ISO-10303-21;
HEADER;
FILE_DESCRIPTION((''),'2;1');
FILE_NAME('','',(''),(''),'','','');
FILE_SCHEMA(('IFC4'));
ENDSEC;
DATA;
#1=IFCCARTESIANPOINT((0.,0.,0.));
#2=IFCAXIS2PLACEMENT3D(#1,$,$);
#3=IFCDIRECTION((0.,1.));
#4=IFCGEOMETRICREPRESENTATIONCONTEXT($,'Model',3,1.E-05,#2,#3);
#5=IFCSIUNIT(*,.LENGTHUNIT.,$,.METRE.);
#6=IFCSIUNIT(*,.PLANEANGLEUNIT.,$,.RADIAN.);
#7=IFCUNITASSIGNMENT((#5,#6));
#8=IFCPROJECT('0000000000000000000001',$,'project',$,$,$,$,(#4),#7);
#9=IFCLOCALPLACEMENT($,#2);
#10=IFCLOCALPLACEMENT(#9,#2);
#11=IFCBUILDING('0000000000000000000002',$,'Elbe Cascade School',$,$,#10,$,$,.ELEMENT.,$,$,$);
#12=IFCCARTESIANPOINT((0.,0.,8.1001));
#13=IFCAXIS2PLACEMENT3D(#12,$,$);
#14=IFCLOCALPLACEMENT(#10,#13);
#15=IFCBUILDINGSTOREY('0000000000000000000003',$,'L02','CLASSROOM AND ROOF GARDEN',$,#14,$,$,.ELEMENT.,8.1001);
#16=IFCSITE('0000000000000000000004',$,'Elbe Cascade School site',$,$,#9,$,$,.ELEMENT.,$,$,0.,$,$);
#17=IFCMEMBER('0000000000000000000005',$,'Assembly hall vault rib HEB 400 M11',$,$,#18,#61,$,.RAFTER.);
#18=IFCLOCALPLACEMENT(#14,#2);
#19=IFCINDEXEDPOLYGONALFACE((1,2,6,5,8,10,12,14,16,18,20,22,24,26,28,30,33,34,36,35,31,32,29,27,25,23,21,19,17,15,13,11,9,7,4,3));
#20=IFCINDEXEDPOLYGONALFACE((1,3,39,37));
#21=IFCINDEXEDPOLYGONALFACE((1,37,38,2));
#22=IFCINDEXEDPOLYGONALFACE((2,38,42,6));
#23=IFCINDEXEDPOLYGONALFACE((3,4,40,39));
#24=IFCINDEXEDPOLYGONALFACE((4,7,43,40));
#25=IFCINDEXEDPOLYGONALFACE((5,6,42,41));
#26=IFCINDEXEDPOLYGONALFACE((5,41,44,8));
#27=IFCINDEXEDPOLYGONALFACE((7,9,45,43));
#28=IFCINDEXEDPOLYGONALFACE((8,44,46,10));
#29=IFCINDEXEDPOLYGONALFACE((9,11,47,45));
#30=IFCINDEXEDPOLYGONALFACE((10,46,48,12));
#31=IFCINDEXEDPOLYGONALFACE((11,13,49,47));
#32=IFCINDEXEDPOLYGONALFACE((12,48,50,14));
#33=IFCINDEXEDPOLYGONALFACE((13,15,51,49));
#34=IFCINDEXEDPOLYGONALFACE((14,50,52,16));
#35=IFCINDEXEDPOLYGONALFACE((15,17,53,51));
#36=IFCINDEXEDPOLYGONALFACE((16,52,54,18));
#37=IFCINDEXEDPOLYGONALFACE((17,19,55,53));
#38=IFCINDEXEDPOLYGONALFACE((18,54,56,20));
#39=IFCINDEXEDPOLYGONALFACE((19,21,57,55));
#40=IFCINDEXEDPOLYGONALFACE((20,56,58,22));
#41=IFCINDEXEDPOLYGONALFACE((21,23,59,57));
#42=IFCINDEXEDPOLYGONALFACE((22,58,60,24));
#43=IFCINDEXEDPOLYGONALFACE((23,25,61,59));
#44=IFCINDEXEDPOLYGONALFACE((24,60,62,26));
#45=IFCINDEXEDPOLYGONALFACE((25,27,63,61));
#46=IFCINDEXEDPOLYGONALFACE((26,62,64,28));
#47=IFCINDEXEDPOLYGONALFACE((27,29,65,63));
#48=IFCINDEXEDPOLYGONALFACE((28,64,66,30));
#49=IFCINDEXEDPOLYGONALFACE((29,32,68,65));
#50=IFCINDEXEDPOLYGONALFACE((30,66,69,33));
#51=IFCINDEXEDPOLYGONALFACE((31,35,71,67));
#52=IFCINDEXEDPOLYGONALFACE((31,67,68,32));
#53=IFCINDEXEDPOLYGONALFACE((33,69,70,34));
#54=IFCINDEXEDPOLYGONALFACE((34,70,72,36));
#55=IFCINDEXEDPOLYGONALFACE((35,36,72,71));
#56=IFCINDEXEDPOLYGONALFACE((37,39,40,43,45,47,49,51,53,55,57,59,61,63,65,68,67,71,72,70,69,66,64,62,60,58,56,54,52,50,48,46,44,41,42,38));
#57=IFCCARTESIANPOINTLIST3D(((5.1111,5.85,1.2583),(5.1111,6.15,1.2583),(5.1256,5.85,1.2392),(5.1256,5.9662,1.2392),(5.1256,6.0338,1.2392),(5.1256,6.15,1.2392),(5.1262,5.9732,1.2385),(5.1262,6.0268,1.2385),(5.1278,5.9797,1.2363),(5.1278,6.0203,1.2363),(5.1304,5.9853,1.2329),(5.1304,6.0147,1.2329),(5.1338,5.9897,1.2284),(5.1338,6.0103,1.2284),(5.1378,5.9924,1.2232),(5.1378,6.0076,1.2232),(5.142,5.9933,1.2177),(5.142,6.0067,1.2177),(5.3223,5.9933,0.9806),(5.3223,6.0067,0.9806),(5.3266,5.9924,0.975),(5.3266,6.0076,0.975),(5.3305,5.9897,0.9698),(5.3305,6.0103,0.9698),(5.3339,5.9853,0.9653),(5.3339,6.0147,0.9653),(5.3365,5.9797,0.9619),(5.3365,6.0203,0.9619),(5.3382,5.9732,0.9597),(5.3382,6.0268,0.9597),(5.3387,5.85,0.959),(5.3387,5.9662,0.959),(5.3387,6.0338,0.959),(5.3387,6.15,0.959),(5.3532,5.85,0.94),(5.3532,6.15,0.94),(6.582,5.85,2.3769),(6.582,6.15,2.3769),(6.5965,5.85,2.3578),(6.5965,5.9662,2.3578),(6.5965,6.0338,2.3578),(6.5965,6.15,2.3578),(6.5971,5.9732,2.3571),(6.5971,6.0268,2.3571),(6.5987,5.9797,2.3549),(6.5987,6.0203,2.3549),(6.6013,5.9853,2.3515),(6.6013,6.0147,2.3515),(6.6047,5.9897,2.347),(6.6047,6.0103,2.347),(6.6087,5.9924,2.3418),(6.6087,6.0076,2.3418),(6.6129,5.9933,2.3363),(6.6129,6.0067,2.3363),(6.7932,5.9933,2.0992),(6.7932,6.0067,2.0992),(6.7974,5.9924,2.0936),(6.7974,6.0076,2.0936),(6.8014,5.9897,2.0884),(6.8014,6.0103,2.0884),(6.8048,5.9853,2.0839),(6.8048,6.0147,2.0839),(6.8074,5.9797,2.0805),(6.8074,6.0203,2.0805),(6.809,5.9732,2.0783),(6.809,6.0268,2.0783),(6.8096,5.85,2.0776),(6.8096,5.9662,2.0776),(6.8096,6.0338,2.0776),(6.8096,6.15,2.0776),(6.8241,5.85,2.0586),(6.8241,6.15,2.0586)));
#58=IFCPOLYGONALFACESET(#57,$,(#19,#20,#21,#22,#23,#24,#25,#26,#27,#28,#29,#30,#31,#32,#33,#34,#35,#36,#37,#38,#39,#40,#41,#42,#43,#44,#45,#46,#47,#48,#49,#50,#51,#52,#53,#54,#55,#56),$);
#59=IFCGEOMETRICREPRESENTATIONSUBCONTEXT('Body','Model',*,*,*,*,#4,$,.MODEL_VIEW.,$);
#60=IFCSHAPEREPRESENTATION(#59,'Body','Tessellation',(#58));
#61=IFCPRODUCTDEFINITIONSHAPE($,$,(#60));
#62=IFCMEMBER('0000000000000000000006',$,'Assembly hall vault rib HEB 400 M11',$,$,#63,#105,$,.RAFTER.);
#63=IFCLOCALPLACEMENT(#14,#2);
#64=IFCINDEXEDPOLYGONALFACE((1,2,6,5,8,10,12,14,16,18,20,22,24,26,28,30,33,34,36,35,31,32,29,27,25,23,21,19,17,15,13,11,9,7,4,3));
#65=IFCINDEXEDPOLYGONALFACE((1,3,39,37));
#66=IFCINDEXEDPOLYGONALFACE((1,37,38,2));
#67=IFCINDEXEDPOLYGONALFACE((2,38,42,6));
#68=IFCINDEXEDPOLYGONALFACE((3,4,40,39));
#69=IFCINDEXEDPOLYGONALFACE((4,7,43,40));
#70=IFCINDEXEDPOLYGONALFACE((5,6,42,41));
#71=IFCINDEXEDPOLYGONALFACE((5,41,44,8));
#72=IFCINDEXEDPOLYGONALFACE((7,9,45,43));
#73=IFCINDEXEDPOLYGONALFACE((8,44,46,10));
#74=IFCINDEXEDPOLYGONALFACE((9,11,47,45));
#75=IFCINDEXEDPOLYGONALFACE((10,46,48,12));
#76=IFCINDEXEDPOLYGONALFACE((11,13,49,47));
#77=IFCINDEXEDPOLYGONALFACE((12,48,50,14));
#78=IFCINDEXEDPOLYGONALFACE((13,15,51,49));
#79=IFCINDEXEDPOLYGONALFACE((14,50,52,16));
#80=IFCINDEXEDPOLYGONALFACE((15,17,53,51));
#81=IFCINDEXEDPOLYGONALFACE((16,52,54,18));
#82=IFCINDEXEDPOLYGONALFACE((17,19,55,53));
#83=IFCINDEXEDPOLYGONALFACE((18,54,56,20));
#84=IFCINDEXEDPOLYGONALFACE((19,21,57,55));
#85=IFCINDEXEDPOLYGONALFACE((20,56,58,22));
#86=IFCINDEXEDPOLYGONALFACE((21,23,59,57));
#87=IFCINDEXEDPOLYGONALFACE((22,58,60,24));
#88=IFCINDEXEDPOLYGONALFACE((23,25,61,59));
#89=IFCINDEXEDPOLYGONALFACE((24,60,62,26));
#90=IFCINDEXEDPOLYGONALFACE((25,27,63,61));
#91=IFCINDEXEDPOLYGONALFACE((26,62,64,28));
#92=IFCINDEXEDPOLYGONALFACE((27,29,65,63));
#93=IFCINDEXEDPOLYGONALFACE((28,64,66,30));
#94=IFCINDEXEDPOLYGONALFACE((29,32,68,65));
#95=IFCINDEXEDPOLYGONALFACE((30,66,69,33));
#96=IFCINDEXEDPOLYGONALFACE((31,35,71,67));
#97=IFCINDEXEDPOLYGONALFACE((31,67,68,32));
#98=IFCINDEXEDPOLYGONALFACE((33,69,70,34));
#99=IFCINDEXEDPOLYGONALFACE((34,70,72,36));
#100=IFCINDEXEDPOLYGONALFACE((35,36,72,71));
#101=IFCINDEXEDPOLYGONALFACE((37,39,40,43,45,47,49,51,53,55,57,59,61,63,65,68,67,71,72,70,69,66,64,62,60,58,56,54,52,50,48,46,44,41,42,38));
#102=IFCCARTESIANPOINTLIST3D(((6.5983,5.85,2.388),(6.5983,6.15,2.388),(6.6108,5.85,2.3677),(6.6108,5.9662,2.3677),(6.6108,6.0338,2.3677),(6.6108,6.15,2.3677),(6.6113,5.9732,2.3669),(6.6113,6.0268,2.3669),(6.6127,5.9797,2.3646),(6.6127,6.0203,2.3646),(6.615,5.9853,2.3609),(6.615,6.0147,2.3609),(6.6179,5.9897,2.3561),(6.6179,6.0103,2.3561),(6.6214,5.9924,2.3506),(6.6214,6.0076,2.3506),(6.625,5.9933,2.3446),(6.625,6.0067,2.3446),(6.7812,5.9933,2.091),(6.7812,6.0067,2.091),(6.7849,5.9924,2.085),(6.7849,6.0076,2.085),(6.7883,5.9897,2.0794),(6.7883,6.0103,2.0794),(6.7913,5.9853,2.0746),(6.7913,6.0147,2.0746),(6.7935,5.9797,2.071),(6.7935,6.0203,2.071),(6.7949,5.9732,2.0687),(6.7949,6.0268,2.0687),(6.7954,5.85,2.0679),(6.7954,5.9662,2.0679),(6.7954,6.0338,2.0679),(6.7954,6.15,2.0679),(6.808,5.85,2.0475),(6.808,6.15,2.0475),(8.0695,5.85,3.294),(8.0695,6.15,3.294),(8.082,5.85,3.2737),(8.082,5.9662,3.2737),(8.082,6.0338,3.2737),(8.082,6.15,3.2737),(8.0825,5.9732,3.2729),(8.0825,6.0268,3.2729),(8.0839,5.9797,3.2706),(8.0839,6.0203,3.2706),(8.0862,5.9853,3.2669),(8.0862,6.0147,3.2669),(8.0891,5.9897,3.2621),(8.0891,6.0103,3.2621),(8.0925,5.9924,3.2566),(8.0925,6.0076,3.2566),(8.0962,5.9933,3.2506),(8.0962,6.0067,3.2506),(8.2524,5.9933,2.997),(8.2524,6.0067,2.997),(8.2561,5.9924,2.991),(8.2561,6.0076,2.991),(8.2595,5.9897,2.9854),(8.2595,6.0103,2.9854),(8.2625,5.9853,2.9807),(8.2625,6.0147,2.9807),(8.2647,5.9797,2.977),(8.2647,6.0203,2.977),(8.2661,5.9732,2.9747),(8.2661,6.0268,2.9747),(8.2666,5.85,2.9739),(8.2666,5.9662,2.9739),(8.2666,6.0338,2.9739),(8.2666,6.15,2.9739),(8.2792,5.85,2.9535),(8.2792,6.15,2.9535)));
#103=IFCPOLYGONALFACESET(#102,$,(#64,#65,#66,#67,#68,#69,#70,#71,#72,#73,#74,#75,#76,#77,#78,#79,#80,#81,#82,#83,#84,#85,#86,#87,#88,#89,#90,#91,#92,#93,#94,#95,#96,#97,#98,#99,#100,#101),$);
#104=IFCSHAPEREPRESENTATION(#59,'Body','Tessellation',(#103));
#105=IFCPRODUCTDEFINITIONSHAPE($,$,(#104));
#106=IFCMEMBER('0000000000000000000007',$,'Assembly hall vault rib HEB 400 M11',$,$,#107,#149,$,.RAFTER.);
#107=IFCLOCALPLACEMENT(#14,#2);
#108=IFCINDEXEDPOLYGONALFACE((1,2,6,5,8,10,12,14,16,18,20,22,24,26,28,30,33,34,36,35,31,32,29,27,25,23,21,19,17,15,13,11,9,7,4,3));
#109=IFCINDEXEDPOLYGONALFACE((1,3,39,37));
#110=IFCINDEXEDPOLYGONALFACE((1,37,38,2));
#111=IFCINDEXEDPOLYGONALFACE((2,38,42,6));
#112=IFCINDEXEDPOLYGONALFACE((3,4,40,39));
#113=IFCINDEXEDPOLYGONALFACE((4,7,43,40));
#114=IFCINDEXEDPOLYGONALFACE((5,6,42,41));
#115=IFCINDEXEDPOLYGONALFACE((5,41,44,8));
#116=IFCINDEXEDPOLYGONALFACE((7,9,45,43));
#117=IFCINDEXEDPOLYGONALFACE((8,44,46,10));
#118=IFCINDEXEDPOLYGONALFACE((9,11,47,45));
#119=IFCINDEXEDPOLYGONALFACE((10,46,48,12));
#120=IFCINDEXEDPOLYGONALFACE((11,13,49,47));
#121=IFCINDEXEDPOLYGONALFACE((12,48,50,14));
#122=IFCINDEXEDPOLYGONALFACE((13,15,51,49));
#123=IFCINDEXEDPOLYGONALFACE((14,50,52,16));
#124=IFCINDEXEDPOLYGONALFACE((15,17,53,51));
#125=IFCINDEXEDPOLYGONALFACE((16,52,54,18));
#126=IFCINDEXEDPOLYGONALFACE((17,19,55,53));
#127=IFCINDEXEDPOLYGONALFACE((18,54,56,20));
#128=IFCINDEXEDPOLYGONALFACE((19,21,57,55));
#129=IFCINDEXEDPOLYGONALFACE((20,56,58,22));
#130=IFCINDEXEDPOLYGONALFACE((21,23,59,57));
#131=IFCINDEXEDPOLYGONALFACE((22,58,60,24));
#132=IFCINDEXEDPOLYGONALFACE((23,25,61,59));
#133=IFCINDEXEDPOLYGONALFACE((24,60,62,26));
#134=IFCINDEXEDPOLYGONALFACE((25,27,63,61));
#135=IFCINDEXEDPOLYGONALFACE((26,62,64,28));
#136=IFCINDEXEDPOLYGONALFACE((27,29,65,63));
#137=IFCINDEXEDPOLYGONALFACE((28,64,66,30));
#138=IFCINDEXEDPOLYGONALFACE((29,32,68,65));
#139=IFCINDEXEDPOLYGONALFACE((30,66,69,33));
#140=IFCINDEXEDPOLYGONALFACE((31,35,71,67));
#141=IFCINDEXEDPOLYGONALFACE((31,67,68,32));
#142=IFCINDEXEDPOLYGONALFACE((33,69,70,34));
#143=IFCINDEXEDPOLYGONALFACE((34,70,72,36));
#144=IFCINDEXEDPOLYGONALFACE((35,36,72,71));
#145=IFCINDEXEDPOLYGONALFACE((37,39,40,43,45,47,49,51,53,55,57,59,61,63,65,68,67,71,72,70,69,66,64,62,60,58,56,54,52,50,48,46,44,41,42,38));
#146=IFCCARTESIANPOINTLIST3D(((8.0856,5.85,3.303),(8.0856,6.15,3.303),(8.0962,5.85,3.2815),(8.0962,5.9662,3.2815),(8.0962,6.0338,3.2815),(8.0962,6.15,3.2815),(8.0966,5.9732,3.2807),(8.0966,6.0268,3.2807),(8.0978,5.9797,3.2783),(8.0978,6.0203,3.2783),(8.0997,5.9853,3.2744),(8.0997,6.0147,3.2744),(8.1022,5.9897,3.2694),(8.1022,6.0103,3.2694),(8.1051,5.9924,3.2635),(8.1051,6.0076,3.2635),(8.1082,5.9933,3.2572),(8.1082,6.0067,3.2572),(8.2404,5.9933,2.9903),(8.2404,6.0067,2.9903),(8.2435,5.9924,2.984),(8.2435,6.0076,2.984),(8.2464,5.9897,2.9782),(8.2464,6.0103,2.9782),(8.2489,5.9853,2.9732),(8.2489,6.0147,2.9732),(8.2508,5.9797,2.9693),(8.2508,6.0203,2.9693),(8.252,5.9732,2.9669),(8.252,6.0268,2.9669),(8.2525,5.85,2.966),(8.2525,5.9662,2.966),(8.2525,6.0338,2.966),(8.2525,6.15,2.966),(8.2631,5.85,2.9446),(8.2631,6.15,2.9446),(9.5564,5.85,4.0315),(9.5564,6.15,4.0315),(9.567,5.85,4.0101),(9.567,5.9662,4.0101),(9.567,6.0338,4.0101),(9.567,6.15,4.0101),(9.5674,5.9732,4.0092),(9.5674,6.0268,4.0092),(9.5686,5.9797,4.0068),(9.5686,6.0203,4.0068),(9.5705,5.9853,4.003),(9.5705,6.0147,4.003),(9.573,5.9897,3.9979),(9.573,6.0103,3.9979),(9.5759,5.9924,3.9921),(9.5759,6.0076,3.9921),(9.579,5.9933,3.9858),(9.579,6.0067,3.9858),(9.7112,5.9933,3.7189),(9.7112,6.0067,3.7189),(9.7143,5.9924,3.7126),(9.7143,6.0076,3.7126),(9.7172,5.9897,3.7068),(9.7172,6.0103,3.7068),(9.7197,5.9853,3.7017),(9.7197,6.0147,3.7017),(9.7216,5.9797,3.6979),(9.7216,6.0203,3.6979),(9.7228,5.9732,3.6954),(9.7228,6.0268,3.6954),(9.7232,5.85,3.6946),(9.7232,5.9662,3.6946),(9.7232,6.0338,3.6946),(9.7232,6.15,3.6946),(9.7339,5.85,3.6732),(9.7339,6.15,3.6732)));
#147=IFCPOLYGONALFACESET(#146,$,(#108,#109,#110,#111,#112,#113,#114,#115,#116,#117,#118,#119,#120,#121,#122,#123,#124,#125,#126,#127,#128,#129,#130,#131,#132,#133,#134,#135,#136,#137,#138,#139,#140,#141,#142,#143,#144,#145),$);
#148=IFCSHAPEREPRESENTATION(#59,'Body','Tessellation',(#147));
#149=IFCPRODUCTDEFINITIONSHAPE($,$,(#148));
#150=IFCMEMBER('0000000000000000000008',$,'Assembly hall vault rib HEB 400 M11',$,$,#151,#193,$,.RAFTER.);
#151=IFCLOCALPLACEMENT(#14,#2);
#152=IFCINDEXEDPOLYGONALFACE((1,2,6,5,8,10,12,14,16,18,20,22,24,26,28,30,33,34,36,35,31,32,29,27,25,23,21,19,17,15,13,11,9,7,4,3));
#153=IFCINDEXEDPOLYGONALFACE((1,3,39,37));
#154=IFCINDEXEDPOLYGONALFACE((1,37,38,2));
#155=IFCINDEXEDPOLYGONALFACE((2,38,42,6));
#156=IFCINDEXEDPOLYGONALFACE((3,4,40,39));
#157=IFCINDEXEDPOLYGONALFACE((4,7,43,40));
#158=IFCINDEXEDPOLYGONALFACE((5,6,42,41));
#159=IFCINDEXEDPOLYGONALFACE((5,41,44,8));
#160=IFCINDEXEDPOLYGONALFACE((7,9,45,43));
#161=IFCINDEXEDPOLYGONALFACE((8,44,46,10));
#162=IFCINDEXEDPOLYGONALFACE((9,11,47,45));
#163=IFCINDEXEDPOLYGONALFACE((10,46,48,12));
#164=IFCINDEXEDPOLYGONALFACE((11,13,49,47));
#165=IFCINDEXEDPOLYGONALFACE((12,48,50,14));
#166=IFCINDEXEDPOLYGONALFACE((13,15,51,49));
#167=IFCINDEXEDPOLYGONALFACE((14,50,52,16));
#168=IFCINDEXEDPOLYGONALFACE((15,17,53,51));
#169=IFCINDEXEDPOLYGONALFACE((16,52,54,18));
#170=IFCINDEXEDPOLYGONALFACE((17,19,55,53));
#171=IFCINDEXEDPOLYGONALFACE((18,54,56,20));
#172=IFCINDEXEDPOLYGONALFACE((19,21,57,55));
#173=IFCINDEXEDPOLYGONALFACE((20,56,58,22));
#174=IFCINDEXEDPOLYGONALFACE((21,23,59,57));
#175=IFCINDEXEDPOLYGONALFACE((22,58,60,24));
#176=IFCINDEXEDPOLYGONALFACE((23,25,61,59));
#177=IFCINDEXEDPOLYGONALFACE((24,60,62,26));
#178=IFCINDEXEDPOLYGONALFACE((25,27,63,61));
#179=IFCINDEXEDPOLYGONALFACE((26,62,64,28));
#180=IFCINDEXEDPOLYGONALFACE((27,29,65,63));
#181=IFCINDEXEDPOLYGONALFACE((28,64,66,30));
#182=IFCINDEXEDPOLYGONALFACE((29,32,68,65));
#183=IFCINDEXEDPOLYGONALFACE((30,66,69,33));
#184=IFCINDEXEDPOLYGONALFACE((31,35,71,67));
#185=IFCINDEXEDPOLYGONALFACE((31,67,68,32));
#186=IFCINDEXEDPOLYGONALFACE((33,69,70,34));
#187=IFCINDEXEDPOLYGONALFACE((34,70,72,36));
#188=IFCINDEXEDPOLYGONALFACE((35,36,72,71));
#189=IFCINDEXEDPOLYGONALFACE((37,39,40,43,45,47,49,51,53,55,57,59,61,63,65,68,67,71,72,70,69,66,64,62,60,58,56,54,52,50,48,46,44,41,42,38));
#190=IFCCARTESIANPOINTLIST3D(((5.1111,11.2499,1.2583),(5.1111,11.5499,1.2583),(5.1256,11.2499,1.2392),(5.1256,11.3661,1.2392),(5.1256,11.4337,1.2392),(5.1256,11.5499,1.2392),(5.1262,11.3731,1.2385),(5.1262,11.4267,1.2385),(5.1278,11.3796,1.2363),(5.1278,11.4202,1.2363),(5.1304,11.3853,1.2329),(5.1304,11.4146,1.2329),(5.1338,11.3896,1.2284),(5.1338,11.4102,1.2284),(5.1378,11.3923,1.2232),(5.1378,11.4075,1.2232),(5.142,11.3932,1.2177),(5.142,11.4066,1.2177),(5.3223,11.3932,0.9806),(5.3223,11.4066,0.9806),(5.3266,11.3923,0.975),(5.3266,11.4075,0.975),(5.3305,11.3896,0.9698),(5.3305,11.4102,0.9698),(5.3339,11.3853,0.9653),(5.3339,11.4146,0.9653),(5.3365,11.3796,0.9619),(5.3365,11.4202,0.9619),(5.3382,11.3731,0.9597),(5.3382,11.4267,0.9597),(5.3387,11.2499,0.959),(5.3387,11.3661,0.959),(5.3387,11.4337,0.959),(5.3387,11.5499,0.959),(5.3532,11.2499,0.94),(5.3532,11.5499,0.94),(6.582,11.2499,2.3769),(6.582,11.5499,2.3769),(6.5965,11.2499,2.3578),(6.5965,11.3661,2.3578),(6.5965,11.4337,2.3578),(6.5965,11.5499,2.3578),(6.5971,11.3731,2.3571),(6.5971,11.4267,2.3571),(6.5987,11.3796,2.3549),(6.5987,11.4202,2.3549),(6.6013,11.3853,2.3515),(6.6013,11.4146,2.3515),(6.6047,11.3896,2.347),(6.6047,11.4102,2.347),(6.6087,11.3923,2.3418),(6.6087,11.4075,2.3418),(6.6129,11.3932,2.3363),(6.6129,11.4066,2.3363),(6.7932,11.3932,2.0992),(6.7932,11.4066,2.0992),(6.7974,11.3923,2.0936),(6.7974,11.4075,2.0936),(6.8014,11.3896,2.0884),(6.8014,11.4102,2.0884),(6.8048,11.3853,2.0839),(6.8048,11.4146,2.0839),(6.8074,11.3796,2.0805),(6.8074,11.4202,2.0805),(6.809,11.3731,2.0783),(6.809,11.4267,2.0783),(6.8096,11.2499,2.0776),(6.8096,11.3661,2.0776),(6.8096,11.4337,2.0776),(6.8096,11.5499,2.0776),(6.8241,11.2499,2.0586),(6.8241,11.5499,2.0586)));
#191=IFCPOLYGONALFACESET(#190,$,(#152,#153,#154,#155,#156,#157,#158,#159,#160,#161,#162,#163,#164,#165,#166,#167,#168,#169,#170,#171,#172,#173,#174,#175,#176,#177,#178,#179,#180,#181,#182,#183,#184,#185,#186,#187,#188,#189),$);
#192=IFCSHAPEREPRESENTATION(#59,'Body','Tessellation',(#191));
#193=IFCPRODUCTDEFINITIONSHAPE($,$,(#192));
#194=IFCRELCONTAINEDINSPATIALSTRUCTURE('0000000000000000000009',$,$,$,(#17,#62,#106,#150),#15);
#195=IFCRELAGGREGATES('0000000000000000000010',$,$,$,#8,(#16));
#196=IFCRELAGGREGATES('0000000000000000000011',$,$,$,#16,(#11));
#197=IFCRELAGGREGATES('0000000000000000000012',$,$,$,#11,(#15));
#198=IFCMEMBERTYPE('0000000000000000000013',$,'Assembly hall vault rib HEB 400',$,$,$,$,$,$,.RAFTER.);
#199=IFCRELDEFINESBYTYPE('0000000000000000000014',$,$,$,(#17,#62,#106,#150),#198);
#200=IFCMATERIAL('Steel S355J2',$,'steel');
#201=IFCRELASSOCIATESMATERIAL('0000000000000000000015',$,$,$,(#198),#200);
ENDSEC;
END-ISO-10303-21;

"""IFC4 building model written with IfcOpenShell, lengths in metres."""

from ifc_helpers import new_model, si_unit, direction, frame, origin, origin_2d, place, context, subcontext, project, spatial, i_section, extrude, material, material_profile, profile_set, type_object, element, save


model = new_model("IFC4")

# Units and contexts
model_context = context("Model", 3, precision=1e-05, world=origin(), true_north=direction((0.0, 1.0)))
body_context = subcontext(model_context, "Body", "Model", "MODEL_VIEW")
ifc_project = project(units=[si_unit("LENGTHUNIT", "METRE"), si_unit("PLANEANGLEUNIT", "RADIAN")], contexts=[model_context])

# Site, building, storey
site_placement = place(None, origin())
site = spatial("IfcSite", under=ifc_project, at=site_placement, Name="Elbe Cascade School site", CompositionType="ELEMENT", RefElevation=0.0)
building_placement = place(site_placement, origin())
building = spatial("IfcBuilding", under=site, at=building_placement, Name="Elbe Cascade School", CompositionType="ELEMENT")
storey_placement = place(building_placement, frame((0.0, 0.0, 8.1001)))
storey = spatial("IfcBuildingStorey", under=building, at=storey_placement, Name="L02", Description="CLASSROOM AND ROOF GARDEN", CompositionType="ELEMENT", Elevation=8.1001)

# Members
ifc_material_1 = material(Name="Steel S355J2", Category="steel")
ifc_material_profile_1 = material_profile(ifc_material_1, i_section(OverallWidth=0.3, OverallDepth=0.3999, WebThickness=0.0134, FlangeThickness=0.0239, FilletRadius=0.0271, at=origin_2d()), Name="HEB 400")
ifc_profile_set_1 = profile_set([ifc_material_profile_1], Name="Steel S355J2")
member_type_1 = type_object("IfcMemberType", Name="Assembly hall vault rib HEB 400", PredefinedType="RAFTER", material=ifc_profile_set_1)
member_1_placement = place(storey_placement, frame((5.2322, 6.0, 1.0991), z_axis=(0.795971, 0.0, 0.605334), x_axis=(0.0, 1.0, 0.0)))
element("IfcMember", 1, at=member_1_placement, inside=storey, type_object=member_type_1, Name="Assembly hall vault rib HEB 400 M11", PredefinedType="RAFTER", context=body_context, shape_type="SweptSolid", body=[
    extrude(i_section(OverallWidth=0.3, OverallDepth=0.3999, WebThickness=0.0134, FlangeThickness=0.0239, FilletRadius=0.0271, at=origin_2d()), origin(), (0.0, 0.0, 1.0), 1.8479),
])
member_2_placement = place(storey_placement, frame((6.7031, 6.0, 2.2178), z_axis=(0.851488, 0.0, 0.524373), x_axis=(0.0, 1.0, 0.0)))
element("IfcMember", 2, at=member_2_placement, inside=storey, type_object=member_type_1, Name="Assembly hall vault rib HEB 400 M11", PredefinedType="RAFTER", context=body_context, shape_type="SweptSolid", body=[
    extrude(i_section(OverallWidth=0.3, OverallDepth=0.3999, WebThickness=0.0134, FlangeThickness=0.0239, FilletRadius=0.0271, at=origin_2d()), origin(), (0.0, 0.0, 1.0), 1.7278),
])
member_3_placement = place(storey_placement, frame((8.1743, 6.0, 3.1238), z_axis=(0.896087, 0.0, 0.443878), x_axis=(0.0, 1.0, 0.0)))
element("IfcMember", 3, at=member_3_placement, inside=storey, type_object=member_type_1, Name="Assembly hall vault rib HEB 400 M11", PredefinedType="RAFTER", context=body_context, shape_type="SweptSolid", body=[
    extrude(i_section(OverallWidth=0.3, OverallDepth=0.3999, WebThickness=0.0134, FlangeThickness=0.0239, FilletRadius=0.0271, at=origin_2d()), origin(), (0.0, 0.0, 1.0), 1.6414),
])
member_4_placement = place(storey_placement, frame((5.2322, 11.3999, 1.0991), z_axis=(0.795971, 0.0, 0.605334), x_axis=(0.0, 1.0, 0.0)))
element("IfcMember", 4, at=member_4_placement, inside=storey, type_object=member_type_1, Name="Assembly hall vault rib HEB 400 M11", PredefinedType="RAFTER", context=body_context, shape_type="SweptSolid", body=[
    extrude(i_section(OverallWidth=0.3, OverallDepth=0.3999, WebThickness=0.0134, FlangeThickness=0.0239, FilletRadius=0.0271, at=origin_2d()), origin(), (0.0, 0.0, 1.0), 1.8479),
])

save(model, "model.ifc")
